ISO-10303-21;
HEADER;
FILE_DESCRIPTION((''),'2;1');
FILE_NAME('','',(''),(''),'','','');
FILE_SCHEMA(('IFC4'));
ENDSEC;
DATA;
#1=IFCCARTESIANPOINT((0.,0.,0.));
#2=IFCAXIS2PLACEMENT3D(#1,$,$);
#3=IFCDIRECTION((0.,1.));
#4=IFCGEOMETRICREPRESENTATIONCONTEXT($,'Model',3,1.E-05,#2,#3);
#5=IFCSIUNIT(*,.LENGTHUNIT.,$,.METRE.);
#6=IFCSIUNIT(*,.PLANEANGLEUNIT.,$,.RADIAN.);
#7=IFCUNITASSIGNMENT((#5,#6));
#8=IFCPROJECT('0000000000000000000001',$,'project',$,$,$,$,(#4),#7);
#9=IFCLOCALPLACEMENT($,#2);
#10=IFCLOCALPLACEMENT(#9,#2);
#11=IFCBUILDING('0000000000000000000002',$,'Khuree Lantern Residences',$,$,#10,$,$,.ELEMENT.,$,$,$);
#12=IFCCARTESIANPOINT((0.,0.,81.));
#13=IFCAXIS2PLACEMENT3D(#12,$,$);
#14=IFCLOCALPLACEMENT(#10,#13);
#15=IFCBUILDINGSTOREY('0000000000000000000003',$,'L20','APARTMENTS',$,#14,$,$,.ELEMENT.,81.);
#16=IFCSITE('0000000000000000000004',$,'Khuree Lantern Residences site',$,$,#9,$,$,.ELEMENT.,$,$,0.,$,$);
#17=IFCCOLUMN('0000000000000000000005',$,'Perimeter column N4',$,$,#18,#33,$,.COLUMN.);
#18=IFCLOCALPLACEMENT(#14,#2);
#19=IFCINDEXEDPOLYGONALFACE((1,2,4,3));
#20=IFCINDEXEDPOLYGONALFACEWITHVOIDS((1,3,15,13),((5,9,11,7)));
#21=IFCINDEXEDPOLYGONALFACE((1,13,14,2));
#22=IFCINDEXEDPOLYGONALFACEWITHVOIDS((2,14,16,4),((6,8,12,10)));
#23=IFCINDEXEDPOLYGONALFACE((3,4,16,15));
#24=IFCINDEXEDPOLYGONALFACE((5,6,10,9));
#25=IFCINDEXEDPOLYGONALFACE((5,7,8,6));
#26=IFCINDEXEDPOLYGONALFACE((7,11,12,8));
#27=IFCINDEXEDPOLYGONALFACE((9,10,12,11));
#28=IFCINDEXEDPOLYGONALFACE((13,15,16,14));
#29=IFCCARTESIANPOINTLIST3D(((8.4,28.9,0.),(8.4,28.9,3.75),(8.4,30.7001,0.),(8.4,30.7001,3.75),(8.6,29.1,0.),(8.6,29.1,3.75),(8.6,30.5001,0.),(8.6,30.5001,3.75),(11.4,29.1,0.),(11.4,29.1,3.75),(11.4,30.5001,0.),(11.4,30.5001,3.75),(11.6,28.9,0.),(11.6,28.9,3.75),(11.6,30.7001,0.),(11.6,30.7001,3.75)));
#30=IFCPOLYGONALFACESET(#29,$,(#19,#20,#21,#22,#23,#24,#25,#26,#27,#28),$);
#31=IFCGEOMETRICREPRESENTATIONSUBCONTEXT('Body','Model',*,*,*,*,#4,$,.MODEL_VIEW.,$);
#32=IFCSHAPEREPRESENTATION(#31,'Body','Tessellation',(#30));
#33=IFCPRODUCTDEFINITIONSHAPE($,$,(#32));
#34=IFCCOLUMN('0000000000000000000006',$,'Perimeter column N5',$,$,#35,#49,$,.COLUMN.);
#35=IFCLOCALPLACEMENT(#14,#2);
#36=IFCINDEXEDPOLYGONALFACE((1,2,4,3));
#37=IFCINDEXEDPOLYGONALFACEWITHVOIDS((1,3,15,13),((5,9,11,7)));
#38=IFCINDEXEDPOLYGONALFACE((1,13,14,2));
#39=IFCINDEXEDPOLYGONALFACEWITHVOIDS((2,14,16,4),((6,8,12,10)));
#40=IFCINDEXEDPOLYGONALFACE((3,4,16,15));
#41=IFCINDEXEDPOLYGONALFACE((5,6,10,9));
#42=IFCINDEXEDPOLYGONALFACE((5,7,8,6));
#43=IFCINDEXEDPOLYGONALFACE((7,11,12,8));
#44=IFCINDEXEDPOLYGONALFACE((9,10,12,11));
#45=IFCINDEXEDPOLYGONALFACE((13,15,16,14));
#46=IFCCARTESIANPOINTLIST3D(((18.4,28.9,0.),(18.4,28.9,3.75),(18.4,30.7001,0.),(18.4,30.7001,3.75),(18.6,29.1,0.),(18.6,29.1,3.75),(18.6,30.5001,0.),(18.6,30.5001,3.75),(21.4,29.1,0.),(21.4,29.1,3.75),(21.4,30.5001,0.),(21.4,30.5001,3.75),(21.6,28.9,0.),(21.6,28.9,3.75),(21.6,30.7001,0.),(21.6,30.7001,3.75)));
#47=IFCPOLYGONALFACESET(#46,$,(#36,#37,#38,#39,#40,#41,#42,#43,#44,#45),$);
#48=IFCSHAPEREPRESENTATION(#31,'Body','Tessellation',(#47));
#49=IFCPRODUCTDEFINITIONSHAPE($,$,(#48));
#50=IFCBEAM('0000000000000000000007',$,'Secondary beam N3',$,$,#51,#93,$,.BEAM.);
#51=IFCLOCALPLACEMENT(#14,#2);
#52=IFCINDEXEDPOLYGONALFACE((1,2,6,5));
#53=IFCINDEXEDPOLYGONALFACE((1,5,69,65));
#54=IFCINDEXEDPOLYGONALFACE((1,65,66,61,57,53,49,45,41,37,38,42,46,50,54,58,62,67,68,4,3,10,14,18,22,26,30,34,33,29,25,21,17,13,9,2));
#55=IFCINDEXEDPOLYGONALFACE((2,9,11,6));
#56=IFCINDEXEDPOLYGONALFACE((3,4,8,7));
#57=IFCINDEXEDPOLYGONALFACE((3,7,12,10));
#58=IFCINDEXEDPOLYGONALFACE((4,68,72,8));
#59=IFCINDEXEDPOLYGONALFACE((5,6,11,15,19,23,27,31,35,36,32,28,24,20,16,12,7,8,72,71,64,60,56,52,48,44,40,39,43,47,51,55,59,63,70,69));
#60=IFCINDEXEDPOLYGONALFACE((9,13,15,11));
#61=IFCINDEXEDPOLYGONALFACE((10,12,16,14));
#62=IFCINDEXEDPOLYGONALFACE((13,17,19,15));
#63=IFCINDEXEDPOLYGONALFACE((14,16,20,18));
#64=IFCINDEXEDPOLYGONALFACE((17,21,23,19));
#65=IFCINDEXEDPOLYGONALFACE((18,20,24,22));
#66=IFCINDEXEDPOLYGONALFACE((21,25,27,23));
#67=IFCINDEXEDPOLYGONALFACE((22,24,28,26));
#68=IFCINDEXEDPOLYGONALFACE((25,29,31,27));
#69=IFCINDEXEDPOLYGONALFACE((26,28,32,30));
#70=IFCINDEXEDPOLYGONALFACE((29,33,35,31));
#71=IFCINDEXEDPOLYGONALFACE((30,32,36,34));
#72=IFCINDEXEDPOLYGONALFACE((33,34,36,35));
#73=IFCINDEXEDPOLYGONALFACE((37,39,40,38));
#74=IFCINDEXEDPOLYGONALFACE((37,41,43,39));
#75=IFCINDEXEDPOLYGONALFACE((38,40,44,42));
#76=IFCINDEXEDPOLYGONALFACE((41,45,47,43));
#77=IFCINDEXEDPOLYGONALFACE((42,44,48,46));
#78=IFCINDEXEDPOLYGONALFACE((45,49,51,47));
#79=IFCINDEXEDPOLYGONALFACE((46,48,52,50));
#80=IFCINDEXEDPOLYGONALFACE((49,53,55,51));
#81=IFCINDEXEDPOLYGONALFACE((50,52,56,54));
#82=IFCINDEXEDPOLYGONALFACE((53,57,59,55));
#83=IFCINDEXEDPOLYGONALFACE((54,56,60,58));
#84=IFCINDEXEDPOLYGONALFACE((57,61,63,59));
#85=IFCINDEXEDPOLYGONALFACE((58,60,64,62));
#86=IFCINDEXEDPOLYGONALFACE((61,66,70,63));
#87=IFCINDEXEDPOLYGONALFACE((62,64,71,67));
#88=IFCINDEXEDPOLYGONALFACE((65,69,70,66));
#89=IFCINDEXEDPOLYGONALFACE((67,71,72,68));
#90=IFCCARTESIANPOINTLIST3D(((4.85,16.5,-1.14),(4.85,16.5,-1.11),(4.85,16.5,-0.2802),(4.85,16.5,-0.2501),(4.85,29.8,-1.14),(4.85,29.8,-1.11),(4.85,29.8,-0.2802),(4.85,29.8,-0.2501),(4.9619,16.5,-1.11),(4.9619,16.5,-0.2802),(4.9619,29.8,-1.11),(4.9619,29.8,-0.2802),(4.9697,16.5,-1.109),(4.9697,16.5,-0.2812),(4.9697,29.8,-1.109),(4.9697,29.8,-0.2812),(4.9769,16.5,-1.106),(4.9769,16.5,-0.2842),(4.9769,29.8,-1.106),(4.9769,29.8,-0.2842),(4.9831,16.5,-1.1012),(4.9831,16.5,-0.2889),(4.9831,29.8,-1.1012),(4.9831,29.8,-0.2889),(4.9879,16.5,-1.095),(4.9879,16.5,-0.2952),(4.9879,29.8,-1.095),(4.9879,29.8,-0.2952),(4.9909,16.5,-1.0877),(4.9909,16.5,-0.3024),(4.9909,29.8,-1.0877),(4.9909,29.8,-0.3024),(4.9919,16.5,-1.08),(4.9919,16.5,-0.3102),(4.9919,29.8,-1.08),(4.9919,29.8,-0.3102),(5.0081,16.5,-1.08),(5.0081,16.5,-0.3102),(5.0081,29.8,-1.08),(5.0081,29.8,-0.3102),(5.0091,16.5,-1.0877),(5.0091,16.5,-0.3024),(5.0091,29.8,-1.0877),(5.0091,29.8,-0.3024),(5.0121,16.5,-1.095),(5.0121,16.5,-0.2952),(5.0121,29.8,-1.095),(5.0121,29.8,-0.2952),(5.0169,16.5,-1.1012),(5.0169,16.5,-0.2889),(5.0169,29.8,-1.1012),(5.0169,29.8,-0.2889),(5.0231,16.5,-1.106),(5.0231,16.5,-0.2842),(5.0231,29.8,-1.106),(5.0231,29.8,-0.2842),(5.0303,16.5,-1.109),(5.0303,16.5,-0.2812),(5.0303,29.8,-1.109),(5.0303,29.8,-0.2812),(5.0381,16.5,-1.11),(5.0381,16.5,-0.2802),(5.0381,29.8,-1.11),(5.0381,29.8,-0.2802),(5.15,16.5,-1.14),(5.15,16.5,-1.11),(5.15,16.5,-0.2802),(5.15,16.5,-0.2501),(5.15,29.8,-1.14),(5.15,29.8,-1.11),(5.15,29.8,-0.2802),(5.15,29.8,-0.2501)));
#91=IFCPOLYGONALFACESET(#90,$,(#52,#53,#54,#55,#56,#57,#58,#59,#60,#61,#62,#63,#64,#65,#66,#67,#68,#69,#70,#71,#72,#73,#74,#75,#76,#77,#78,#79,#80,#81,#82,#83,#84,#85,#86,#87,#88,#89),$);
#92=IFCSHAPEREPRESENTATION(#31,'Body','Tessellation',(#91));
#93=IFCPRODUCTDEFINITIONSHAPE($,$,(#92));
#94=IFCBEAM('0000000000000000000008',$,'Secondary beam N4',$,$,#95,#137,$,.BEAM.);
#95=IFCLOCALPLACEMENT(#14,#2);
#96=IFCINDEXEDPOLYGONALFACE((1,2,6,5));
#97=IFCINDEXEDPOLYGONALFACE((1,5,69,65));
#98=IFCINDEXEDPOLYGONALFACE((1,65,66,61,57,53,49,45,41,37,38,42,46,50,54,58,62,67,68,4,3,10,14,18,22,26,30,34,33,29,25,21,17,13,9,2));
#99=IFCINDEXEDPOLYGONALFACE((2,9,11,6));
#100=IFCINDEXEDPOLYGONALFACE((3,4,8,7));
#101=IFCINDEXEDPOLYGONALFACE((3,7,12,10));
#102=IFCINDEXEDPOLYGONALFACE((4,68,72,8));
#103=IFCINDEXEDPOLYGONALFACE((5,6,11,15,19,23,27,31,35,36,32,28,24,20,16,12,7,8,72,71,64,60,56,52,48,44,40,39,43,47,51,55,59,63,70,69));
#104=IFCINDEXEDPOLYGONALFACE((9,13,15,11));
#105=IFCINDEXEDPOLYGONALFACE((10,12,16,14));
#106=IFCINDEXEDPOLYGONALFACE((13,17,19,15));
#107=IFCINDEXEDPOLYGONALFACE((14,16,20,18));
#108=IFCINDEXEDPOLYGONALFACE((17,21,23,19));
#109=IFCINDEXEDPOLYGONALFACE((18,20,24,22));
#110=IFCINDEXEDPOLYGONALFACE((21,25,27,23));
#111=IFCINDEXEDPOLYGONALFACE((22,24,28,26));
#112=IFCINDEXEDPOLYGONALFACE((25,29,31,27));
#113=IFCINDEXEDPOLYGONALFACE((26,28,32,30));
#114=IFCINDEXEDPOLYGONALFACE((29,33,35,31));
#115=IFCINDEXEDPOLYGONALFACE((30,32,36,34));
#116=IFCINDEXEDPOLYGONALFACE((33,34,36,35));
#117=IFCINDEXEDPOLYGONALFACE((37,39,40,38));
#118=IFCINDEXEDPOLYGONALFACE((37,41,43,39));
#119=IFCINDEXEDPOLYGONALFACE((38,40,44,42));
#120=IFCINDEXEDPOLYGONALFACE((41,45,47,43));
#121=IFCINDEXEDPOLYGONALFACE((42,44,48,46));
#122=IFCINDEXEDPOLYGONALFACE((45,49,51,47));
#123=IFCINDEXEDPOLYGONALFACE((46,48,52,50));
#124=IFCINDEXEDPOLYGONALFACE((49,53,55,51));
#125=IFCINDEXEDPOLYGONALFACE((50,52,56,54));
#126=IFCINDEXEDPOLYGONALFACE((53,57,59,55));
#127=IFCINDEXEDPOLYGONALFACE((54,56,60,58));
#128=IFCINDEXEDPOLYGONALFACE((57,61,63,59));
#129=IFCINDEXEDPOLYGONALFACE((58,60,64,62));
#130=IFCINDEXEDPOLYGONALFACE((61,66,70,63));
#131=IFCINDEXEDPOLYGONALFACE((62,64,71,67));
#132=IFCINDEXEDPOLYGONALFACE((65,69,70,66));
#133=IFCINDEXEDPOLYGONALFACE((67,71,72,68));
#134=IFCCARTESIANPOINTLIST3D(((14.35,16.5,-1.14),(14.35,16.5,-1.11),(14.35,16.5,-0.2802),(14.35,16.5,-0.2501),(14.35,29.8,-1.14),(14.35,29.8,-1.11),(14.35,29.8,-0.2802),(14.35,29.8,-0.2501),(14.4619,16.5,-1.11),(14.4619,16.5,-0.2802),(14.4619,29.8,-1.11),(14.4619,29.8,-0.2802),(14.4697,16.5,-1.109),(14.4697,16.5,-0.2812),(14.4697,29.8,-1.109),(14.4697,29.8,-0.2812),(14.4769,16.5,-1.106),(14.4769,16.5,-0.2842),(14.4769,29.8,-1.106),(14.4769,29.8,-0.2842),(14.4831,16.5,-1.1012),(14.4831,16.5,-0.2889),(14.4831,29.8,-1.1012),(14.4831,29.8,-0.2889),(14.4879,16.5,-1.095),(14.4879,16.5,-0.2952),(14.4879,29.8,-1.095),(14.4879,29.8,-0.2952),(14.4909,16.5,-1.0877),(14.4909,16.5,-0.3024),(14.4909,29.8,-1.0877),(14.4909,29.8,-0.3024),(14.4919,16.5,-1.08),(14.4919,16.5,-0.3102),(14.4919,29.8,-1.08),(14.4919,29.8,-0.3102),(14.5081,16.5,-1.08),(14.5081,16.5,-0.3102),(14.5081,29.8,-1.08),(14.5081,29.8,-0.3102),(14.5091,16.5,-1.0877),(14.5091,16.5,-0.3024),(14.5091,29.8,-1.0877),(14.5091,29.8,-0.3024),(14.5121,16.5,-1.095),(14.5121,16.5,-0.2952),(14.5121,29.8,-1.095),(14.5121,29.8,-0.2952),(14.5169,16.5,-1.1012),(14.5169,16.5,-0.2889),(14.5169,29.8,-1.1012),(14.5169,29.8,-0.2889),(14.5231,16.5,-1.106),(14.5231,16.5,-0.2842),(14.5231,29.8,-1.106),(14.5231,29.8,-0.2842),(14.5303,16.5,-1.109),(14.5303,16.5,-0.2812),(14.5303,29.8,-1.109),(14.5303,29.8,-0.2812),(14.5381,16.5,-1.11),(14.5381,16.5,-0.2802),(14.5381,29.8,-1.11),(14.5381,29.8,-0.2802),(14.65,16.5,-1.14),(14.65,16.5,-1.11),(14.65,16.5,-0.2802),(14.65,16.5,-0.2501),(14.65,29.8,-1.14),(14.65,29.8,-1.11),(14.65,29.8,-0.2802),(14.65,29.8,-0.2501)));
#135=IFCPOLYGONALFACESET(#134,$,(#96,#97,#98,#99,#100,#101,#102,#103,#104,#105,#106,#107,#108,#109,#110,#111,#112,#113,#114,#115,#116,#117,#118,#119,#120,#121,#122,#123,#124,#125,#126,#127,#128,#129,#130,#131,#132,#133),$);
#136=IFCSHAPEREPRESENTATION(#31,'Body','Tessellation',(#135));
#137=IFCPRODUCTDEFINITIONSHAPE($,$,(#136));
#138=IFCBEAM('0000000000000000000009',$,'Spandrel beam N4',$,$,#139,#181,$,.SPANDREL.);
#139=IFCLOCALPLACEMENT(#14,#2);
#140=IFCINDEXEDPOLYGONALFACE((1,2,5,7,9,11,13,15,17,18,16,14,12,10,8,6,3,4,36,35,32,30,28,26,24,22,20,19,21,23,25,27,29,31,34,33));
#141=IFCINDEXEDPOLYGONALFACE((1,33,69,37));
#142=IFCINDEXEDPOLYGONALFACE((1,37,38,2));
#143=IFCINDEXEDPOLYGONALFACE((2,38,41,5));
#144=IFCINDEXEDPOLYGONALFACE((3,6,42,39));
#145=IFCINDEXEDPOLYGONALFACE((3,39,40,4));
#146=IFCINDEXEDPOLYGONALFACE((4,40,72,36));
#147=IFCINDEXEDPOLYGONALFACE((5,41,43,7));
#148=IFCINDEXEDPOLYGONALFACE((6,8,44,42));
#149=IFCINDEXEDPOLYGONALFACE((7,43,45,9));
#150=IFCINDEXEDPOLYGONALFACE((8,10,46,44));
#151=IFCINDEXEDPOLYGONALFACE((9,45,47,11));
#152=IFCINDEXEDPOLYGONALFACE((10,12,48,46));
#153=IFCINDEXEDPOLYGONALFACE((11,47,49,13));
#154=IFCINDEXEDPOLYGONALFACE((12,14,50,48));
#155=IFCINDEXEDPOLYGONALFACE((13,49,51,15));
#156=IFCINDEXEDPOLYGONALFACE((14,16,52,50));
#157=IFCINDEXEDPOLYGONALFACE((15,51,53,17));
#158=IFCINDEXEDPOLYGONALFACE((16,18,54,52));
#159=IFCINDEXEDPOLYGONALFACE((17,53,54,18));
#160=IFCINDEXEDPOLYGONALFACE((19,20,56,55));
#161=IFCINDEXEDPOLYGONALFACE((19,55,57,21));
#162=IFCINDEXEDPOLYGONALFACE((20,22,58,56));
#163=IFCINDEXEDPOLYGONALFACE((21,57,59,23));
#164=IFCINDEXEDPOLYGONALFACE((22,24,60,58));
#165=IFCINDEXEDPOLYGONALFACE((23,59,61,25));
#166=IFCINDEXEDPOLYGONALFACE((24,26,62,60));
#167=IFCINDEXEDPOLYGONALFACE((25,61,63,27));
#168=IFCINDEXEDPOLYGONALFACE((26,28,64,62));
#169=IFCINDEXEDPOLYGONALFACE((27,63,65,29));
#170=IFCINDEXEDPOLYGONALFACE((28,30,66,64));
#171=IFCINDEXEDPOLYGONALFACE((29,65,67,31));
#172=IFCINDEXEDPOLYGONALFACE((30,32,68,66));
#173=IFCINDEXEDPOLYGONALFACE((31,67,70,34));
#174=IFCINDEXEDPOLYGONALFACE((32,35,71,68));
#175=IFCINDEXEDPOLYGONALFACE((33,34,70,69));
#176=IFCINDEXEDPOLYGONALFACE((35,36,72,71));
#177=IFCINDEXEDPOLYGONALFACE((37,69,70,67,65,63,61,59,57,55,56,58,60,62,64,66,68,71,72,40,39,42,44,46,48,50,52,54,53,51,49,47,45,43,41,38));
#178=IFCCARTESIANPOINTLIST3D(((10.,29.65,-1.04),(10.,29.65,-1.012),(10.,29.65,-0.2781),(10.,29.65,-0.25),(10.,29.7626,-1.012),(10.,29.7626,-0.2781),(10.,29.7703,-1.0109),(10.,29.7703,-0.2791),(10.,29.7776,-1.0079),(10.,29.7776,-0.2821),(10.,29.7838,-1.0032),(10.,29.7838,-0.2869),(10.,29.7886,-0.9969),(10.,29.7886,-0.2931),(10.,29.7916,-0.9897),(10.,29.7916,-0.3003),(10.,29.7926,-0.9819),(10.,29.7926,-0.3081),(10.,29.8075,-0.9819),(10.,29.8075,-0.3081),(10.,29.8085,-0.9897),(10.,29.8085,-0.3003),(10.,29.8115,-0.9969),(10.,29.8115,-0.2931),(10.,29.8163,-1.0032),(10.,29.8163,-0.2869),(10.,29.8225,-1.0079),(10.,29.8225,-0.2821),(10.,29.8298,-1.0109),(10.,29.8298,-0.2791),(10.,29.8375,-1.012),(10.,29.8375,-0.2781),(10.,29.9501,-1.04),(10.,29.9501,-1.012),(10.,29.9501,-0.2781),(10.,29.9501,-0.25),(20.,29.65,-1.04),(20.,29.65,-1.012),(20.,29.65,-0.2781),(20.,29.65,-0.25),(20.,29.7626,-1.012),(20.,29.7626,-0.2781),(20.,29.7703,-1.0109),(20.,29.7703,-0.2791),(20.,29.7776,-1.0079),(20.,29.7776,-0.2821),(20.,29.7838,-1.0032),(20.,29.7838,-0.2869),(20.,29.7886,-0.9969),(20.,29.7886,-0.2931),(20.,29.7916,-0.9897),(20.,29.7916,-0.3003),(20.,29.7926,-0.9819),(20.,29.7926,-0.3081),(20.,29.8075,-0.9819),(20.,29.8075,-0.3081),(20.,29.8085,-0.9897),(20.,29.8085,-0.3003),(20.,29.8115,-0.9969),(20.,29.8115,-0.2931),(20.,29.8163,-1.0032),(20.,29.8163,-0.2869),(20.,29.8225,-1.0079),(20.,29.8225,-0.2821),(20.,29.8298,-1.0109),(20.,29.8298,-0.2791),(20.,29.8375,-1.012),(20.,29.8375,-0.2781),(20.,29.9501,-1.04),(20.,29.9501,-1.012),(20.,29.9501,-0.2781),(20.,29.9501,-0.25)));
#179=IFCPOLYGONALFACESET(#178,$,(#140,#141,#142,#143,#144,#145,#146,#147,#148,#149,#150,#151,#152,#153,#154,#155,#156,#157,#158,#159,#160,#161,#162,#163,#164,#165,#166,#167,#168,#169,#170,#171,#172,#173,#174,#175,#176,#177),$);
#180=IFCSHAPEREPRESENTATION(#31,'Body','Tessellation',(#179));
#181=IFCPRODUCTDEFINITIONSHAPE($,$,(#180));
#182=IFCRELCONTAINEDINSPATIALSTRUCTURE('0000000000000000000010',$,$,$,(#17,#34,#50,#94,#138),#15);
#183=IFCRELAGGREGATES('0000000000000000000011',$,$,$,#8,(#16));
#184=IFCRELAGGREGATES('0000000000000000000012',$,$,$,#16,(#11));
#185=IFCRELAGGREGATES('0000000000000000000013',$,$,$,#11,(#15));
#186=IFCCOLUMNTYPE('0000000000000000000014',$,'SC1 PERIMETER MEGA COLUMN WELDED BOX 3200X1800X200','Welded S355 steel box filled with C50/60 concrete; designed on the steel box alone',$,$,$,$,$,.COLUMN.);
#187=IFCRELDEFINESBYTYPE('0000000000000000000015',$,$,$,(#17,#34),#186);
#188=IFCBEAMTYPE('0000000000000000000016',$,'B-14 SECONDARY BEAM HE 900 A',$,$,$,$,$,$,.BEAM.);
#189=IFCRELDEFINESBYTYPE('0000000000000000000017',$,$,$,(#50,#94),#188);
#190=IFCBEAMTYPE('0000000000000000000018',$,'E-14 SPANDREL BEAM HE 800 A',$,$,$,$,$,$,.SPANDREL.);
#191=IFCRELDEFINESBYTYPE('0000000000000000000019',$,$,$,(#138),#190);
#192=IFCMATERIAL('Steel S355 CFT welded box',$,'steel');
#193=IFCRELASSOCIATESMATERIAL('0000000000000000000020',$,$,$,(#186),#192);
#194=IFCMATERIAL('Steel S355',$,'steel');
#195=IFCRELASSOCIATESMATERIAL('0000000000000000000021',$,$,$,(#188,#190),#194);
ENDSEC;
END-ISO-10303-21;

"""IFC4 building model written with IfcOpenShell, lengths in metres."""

from ifc_helpers import new_model, si_unit, direction, frame, origin, origin_2d, place, context, subcontext, project, spatial, hollow_rectangle, i_section, extrude, material, material_profile, profile_set, type_object, element, save


model = new_model("IFC4")

# Units and contexts
model_context = context("Model", 3, precision=1e-05, world=origin(), true_north=direction((0.0, 1.0)))
body_context = subcontext(model_context, "Body", "Model", "MODEL_VIEW")
ifc_project = project(units=[si_unit("LENGTHUNIT", "METRE"), si_unit("PLANEANGLEUNIT", "RADIAN")], contexts=[model_context])

# Site, building, storey
site_placement = place(None, origin())
site = spatial("IfcSite", under=ifc_project, at=site_placement, Name="Khuree Lantern Residences site", CompositionType="ELEMENT", RefElevation=0.0)
building_placement = place(site_placement, origin())
building = spatial("IfcBuilding", under=site, at=building_placement, Name="Khuree Lantern Residences", CompositionType="ELEMENT")
storey_placement = place(building_placement, frame((0.0, 0.0, 81.0)))
storey = spatial("IfcBuildingStorey", under=building, at=storey_placement, Name="L20", Description="APARTMENTS", CompositionType="ELEMENT", Elevation=81.0)

# Columns
ifc_material_1 = material(Name="Steel S355 CFT welded box", Category="steel")
ifc_material_profile_1 = material_profile(ifc_material_1, hollow_rectangle(XDim=3.2, YDim=1.8, WallThickness=0.2, at=origin_2d()), Name="WELDED BOX 3200X1800X200")
ifc_profile_set_1 = profile_set([ifc_material_profile_1], Name="Steel S355 CFT welded box")
column_type = type_object("IfcColumnType", Name="SC1 PERIMETER MEGA COLUMN WELDED BOX 3200X1800X200", Description="Welded S355 steel box filled with C50/60 concrete; designed on the steel box alone", PredefinedType="COLUMN", material=ifc_profile_set_1)
for number, where, z_axis, x_axis, name in (
    (1, (10.0, 29.8, 0.0), (0.0, 0.0, 1.0), (1.0, 0.0, 0.0), "Perimeter column N4"),
    (2, (20.0, 29.8, 0.0), (0.0, 0.0, 1.0), (1.0, 0.0, 0.0), "Perimeter column N5"),
):
    element("IfcColumn", number, at=place(storey_placement, frame(where, z_axis=z_axis, x_axis=x_axis)), inside=storey, type_object=column_type, Name=name, PredefinedType="COLUMN", context=body_context, shape_type="SweptSolid", body=[
        extrude(hollow_rectangle(XDim=3.2, YDim=1.8, WallThickness=0.2, at=origin_2d()), origin(), (0.0, 0.0, 1.0), 3.75),
    ])

# Beams
ifc_material_2 = material(Name="Steel S355", Category="steel")
ifc_material_profile_2 = material_profile(ifc_material_2, i_section(OverallWidth=0.3, OverallDepth=0.8899, WebThickness=0.0161, FlangeThickness=0.03, FilletRadius=0.03, at=origin_2d()), Name="HE 900 A")
ifc_profile_set_2 = profile_set([ifc_material_profile_2], Name="Steel S355")
beam_type_1 = type_object("IfcBeamType", Name="B-14 SECONDARY BEAM HE 900 A", PredefinedType="BEAM", material=ifc_profile_set_2)
for number, where, z_axis, x_axis, name in (
    (3, (5.0, 29.8, -0.6951), (0.0, -1.0, 0.0), (1.0, 0.0, 0.0), "Secondary beam N3"),
    (4, (14.5, 29.8, -0.6951), (0.0, -1.0, 0.0), (1.0, 0.0, 0.0), "Secondary beam N4"),
):
    element("IfcBeam", number, at=place(storey_placement, frame(where, z_axis=z_axis, x_axis=x_axis)), inside=storey, type_object=beam_type_1, Name=name, PredefinedType="BEAM", context=body_context, shape_type="SweptSolid", body=[
        extrude(i_section(OverallWidth=0.3, OverallDepth=0.8899, WebThickness=0.0161, FlangeThickness=0.03, FilletRadius=0.03, at=origin_2d()), origin(), (0.0, 0.0, 1.0), 13.3),
    ])
ifc_material_profile_3 = material_profile(ifc_material_2, i_section(OverallWidth=0.3, OverallDepth=0.79, WebThickness=0.0149, FlangeThickness=0.0281, FilletRadius=0.03, at=origin_2d()), Name="HE 800 A")
ifc_profile_set_3 = profile_set([ifc_material_profile_3], Name="Steel S355")
beam_type_2 = type_object("IfcBeamType", Name="E-14 SPANDREL BEAM HE 800 A", PredefinedType="SPANDREL", material=ifc_profile_set_3)
beam_1_placement = place(storey_placement, frame((10.0, 29.8, -0.645), z_axis=(1.0, 0.0, 0.0), x_axis=(0.0, 1.0, 0.0)))
element("IfcBeam", 5, at=beam_1_placement, inside=storey, type_object=beam_type_2, Name="Spandrel beam N4", PredefinedType="SPANDREL", context=body_context, shape_type="SweptSolid", body=[
    extrude(i_section(OverallWidth=0.3, OverallDepth=0.79, WebThickness=0.0149, FlangeThickness=0.0281, FilletRadius=0.03, at=origin_2d()), origin(), (0.0, 0.0, 1.0), 10.0),
])

save(model, "model.ifc")
